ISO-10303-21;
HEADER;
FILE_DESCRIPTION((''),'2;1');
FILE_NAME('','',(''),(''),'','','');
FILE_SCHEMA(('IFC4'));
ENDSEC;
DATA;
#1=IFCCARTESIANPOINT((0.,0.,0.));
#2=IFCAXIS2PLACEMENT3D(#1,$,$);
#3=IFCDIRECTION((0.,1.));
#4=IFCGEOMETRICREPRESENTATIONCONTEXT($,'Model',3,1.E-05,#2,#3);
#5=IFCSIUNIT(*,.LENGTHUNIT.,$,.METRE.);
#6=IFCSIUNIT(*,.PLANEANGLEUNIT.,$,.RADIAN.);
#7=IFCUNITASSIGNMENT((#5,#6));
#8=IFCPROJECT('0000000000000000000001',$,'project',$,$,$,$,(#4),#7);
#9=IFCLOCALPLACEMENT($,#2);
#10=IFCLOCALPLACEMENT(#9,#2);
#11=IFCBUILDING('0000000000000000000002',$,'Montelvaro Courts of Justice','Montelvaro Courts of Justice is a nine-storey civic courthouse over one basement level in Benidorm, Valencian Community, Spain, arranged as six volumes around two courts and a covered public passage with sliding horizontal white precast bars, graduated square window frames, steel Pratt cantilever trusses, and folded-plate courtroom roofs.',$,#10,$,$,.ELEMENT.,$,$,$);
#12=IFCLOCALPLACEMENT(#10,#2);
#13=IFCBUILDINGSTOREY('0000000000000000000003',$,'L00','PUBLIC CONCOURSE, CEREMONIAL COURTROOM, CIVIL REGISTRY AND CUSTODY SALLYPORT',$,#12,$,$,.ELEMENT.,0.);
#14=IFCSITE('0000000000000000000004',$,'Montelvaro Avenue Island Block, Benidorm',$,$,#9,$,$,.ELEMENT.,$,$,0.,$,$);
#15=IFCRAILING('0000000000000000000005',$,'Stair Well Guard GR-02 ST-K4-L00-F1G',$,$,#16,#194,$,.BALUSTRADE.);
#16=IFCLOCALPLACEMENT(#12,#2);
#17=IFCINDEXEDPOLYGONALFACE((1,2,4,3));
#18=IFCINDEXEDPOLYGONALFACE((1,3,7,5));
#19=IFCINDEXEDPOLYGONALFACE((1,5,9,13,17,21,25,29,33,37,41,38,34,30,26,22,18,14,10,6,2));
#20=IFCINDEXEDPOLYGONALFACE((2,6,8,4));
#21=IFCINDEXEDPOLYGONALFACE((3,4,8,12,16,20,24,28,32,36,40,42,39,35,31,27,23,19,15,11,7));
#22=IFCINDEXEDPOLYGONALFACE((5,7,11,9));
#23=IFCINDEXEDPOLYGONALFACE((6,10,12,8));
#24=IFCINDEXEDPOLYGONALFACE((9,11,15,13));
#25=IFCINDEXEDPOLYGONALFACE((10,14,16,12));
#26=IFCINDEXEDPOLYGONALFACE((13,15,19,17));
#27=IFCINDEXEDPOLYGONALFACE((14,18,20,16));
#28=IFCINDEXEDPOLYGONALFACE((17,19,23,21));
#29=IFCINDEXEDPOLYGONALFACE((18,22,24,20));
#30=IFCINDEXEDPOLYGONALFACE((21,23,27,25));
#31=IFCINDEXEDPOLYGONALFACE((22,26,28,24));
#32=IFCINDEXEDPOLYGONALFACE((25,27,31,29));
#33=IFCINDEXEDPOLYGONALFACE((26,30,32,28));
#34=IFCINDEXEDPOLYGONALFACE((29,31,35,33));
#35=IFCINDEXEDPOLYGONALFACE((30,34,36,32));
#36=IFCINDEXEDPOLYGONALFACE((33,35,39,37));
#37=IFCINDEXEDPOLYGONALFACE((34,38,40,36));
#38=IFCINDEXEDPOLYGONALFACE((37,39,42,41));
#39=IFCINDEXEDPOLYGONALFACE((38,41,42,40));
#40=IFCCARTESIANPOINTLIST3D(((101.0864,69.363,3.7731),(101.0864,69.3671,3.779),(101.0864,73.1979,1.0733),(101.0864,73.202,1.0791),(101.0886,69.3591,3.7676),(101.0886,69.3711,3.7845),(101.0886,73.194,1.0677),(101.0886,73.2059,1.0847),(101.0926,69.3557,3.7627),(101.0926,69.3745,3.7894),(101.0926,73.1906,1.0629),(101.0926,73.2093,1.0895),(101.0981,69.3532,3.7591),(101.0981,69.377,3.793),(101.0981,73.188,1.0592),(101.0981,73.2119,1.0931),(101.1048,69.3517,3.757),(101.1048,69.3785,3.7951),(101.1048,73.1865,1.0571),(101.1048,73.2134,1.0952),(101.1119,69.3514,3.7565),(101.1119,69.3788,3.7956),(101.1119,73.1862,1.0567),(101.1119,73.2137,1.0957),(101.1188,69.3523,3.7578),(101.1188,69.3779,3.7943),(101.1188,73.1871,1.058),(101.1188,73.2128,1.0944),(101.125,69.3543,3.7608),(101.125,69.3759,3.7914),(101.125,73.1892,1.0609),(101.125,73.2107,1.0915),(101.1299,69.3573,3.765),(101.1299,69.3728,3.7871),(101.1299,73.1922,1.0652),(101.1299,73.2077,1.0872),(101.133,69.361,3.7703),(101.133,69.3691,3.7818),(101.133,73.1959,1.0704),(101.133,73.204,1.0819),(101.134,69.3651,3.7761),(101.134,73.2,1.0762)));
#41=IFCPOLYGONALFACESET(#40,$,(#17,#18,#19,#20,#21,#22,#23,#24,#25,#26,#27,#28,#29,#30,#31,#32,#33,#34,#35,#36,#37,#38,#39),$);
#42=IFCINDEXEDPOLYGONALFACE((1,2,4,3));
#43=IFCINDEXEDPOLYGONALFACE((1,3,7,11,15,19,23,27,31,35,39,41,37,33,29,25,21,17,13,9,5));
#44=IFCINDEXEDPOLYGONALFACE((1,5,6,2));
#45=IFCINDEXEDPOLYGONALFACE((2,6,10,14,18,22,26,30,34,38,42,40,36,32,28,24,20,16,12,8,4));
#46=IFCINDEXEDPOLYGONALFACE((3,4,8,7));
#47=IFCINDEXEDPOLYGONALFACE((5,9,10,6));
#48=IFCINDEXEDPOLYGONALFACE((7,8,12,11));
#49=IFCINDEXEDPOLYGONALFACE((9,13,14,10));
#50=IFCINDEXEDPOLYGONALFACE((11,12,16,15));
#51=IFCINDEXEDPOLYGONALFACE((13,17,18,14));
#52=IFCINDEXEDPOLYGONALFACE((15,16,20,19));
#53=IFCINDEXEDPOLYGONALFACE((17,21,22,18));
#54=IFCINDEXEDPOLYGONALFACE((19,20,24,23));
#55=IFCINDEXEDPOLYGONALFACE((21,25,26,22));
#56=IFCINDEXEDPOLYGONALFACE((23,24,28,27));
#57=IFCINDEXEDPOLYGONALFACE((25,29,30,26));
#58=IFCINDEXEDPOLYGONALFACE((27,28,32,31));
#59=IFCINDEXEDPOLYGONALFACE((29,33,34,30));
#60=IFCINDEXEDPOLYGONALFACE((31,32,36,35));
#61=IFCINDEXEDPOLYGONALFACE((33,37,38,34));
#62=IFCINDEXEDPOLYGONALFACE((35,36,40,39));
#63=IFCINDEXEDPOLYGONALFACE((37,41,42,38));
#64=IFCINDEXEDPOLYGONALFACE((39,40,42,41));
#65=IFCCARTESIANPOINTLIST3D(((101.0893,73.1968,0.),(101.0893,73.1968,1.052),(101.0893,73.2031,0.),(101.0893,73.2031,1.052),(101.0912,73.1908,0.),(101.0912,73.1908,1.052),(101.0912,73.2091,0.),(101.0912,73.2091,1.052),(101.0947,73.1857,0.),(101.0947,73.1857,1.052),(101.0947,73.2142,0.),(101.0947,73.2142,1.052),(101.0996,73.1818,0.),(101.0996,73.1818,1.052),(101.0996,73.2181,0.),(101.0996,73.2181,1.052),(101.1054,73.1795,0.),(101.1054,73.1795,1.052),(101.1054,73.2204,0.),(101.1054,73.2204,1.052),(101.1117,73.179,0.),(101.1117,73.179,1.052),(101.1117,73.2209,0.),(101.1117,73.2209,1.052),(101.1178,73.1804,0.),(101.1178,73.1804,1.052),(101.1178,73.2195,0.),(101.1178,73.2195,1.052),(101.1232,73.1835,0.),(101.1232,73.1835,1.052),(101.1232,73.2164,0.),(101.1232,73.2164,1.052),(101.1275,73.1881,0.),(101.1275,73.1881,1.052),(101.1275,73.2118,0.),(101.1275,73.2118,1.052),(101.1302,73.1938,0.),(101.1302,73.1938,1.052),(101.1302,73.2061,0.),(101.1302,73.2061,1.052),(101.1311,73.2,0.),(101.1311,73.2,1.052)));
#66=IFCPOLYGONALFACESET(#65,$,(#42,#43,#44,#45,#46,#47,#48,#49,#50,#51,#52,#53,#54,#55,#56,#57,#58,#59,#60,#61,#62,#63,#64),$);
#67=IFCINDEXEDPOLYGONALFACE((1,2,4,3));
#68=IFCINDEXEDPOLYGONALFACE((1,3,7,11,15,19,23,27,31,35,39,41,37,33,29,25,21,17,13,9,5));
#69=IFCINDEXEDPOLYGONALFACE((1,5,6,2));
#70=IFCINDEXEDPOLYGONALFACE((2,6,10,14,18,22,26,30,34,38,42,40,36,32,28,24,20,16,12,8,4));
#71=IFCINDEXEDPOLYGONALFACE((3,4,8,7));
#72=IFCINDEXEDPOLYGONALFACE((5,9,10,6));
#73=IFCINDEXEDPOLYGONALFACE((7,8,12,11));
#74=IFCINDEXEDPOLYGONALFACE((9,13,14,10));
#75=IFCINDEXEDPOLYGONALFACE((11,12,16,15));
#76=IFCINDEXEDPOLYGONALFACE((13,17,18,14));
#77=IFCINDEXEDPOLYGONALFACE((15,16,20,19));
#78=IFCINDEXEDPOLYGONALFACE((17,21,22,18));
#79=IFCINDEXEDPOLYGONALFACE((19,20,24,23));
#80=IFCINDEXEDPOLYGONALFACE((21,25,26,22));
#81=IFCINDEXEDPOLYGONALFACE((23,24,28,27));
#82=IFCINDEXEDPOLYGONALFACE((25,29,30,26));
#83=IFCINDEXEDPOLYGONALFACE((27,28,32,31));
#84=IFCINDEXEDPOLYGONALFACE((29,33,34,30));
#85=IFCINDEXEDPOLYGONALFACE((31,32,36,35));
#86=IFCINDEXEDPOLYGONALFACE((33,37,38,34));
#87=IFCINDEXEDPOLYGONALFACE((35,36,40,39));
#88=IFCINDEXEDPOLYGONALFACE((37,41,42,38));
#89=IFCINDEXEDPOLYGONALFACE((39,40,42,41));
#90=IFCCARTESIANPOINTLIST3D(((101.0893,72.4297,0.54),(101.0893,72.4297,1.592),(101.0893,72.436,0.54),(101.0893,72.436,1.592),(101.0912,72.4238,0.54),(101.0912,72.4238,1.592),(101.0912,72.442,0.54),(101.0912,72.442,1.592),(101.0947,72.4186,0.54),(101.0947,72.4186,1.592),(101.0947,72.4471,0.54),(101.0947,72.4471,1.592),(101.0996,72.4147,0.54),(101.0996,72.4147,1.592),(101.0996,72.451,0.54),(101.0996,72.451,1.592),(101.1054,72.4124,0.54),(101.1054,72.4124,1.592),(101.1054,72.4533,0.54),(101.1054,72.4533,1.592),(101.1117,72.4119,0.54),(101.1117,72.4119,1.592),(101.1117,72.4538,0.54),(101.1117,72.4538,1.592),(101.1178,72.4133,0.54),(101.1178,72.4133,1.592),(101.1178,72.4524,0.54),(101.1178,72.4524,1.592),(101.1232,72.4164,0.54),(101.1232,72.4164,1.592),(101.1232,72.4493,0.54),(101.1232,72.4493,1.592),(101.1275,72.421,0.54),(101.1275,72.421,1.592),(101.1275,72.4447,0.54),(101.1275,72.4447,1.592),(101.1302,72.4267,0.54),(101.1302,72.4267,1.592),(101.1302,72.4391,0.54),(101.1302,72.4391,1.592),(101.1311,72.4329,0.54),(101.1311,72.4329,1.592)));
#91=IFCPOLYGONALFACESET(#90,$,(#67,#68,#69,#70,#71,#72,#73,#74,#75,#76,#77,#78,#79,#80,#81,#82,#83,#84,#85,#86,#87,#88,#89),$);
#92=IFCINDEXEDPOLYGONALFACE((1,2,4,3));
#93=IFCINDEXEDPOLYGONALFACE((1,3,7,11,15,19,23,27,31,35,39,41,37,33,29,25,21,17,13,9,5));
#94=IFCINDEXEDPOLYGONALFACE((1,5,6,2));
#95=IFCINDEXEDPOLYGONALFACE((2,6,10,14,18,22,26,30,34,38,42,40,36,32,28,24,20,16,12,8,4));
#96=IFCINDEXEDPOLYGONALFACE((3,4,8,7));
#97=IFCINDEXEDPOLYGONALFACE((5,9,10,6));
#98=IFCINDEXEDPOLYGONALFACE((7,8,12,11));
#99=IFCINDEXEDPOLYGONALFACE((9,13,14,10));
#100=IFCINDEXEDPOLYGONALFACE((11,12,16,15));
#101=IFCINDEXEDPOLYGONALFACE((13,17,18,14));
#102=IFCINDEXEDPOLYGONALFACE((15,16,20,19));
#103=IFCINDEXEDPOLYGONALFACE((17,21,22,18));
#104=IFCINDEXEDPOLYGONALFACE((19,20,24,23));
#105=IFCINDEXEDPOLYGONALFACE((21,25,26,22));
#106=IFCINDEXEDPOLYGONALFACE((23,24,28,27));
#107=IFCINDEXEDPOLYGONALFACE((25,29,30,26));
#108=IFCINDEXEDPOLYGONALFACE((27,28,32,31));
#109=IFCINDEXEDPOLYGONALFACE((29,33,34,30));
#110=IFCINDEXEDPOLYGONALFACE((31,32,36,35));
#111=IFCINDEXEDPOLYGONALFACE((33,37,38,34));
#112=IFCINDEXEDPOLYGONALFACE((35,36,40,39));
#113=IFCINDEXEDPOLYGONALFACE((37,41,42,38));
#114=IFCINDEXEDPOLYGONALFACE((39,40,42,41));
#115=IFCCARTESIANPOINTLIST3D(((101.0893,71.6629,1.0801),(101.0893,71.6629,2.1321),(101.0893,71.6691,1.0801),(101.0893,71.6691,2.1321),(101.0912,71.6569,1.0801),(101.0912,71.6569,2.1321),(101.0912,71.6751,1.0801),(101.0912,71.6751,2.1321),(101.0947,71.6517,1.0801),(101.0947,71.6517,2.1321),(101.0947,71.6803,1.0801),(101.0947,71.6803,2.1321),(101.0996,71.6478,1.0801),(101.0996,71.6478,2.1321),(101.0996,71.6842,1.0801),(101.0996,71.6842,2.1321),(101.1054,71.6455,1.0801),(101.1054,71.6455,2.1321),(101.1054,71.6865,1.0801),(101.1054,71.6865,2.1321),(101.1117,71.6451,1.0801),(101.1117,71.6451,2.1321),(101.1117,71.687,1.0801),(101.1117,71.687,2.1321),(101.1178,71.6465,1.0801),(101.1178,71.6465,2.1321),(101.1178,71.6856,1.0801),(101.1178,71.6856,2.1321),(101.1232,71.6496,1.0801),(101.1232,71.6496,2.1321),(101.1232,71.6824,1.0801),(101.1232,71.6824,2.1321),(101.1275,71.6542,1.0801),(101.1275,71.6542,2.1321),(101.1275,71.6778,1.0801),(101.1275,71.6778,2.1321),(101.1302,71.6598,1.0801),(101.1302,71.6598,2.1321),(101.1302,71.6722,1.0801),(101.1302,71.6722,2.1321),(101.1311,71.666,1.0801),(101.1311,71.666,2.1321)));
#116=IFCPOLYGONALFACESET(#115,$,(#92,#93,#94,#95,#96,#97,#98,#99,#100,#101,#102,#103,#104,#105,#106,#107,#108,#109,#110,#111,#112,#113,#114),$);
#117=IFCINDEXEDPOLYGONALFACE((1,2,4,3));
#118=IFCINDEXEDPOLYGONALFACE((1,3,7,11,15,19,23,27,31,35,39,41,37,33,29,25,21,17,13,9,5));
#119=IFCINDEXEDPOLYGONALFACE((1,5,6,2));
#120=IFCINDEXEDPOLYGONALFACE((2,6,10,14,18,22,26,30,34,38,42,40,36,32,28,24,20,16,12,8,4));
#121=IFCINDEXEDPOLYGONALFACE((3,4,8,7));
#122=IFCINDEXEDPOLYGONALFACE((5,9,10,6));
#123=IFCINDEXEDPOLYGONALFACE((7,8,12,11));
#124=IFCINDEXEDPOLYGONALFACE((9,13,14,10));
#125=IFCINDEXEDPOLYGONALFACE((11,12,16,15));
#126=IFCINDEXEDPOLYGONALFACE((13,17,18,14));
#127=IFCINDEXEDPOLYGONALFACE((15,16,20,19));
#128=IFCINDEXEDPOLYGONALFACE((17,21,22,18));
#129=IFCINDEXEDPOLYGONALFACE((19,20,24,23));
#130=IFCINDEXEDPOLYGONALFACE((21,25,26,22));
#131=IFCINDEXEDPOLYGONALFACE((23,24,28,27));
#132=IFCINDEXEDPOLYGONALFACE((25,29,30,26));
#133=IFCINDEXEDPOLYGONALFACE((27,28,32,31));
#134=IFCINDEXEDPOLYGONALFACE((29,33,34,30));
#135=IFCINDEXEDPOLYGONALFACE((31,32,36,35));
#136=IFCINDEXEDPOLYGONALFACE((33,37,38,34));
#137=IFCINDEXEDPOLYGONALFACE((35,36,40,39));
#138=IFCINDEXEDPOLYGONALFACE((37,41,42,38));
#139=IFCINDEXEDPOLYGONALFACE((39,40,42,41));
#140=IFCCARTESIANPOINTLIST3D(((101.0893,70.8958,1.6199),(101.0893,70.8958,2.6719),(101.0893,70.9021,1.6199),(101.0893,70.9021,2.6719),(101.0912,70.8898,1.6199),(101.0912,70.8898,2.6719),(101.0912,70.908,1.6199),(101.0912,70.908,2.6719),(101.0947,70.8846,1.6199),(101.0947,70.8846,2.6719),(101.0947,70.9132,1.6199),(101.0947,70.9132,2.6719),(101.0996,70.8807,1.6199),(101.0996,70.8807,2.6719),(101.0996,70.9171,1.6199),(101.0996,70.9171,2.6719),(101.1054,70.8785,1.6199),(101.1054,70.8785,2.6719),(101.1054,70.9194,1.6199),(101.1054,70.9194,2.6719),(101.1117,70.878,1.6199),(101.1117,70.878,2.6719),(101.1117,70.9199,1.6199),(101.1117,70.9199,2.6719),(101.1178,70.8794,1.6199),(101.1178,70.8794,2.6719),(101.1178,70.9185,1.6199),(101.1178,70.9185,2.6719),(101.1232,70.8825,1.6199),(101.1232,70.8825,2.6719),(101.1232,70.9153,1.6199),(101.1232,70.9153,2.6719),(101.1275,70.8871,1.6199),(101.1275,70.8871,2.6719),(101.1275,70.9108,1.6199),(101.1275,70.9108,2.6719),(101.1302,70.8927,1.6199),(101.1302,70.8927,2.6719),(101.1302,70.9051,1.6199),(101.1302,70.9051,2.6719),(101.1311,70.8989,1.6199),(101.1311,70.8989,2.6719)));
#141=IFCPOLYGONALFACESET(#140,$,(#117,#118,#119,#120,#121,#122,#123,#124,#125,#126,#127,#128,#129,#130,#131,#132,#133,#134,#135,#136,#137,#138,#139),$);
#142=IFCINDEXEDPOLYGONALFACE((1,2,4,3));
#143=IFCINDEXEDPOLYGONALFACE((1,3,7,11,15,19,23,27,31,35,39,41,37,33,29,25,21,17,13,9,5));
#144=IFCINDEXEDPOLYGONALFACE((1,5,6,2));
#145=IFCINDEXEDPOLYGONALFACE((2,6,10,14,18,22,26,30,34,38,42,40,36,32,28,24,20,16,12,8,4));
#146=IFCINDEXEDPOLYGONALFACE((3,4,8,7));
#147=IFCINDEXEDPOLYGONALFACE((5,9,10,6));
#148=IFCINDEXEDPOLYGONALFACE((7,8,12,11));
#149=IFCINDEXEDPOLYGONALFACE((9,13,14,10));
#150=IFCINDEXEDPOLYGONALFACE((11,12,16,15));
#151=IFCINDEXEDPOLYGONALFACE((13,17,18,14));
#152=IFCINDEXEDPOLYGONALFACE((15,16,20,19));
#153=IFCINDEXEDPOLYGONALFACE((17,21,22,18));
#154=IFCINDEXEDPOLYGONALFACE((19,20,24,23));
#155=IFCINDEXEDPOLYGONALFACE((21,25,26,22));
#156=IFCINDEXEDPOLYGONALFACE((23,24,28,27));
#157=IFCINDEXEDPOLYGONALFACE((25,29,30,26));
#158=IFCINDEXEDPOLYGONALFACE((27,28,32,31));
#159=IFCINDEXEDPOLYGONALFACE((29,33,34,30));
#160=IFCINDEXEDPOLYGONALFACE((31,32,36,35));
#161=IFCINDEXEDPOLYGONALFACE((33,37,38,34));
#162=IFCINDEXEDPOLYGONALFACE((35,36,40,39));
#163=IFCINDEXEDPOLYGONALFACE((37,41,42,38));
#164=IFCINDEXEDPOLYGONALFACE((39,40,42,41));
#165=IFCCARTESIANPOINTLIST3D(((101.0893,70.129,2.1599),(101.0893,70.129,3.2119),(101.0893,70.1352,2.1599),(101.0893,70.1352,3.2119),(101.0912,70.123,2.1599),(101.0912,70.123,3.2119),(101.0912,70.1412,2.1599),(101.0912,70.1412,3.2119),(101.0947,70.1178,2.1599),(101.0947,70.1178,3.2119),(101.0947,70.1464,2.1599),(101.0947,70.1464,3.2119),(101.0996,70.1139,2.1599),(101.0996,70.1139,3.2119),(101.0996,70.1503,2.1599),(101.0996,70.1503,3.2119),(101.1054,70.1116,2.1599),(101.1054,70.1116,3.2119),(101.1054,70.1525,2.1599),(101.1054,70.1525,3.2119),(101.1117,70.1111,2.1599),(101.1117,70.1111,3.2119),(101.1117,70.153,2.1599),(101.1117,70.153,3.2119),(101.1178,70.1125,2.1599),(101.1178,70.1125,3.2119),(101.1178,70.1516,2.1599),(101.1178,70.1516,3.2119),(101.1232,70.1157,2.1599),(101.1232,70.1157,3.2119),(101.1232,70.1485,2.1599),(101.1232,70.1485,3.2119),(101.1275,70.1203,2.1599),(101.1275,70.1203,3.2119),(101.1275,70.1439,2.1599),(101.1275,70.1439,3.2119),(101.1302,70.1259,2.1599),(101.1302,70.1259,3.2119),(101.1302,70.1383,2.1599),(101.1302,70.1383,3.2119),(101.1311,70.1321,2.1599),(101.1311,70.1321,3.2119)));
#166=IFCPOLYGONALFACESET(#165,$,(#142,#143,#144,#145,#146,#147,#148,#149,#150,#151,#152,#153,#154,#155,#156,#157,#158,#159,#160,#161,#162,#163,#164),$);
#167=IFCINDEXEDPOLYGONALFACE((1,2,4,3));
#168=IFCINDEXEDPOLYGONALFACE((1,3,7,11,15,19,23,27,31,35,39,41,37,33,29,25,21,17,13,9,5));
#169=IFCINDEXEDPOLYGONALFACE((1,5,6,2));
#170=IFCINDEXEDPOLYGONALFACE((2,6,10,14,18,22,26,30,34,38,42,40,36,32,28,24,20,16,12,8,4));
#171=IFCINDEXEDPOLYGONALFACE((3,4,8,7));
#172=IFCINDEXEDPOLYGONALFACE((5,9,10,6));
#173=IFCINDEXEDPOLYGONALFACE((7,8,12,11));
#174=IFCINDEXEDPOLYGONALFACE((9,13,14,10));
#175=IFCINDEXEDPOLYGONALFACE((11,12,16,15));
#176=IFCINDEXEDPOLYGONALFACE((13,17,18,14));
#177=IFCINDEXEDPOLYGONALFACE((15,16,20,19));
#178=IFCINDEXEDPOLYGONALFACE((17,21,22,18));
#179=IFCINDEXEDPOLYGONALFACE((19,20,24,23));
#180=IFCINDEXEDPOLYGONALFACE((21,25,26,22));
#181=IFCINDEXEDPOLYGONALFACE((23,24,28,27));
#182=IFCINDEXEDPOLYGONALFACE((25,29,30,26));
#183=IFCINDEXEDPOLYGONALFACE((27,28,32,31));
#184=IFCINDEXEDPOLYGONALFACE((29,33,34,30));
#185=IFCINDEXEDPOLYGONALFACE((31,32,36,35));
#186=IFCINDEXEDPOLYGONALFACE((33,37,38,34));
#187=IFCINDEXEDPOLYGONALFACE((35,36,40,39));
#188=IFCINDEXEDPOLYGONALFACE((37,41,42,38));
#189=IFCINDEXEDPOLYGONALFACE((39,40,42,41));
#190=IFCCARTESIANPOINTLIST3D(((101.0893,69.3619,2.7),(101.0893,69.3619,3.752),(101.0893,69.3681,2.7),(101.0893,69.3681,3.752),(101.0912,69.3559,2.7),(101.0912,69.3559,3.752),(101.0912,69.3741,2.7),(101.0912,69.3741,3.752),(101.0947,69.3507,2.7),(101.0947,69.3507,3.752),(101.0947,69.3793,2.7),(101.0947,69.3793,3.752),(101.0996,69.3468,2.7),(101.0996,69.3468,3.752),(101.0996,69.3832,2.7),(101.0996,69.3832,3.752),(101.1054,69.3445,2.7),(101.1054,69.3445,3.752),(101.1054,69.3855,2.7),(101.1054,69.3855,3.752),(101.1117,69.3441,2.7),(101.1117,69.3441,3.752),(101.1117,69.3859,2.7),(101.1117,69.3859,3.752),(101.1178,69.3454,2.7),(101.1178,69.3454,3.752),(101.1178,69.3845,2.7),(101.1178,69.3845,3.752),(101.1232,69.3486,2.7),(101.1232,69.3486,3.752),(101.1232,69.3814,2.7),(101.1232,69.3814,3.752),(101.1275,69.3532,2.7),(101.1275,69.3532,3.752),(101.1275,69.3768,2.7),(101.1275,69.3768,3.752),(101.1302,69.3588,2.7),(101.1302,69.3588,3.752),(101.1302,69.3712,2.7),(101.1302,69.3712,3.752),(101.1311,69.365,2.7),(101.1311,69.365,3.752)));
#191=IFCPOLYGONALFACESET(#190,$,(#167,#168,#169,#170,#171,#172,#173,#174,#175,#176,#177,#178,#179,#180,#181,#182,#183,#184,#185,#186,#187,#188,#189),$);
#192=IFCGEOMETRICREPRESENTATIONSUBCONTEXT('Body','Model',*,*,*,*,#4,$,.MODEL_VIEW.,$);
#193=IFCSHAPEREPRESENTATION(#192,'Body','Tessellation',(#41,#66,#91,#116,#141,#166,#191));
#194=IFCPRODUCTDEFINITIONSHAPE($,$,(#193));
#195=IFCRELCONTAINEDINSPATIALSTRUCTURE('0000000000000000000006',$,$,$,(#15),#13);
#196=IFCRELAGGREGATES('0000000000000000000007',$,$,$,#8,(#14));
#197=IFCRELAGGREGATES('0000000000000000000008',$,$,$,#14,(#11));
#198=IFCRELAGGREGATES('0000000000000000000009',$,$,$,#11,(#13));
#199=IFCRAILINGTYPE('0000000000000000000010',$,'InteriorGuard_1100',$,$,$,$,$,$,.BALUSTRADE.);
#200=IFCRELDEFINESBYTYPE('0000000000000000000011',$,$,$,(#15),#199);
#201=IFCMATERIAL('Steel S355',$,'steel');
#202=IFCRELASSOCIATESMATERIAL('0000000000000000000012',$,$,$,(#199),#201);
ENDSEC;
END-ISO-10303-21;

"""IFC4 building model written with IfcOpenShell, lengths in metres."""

from ifc_helpers import new_model, si_unit, direction, frame, origin, origin_2d, place, context, subcontext, project, spatial, circle, extrude, material, type_object, element, save


model = new_model("IFC4")

# Units and contexts
model_context = context("Model", 3, precision=1e-05, world=origin(), true_north=direction((0.0, 1.0)))
body_context = subcontext(model_context, "Body", "Model", "MODEL_VIEW")
ifc_project = project(units=[si_unit("LENGTHUNIT", "METRE"), si_unit("PLANEANGLEUNIT", "RADIAN")], contexts=[model_context])

# Site, building, storey
site_placement = place(None, origin())
site = spatial("IfcSite", under=ifc_project, at=site_placement, Name="Montelvaro Avenue Island Block, Benidorm", CompositionType="ELEMENT", RefElevation=0.0)
building_placement = place(site_placement, origin())
building = spatial("IfcBuilding", under=site, at=building_placement, Name="Montelvaro Courts of Justice", Description="Montelvaro Courts of Justice is a nine-storey civic courthouse over one basement level in Benidorm, Valencian Community, Spain, arranged as six volumes around two courts and a covered public passage with sliding horizontal white precast bars, graduated square window frames, steel Pratt cantilever trusses, and folded-plate courtroom roofs.", CompositionType="ELEMENT")
storey_placement = place(building_placement, origin())
storey = spatial("IfcBuildingStorey", under=building, at=storey_placement, Name="L00", Description="PUBLIC CONCOURSE, CEREMONIAL COURTROOM, CIVIL REGISTRY AND CUSTODY SALLYPORT", CompositionType="ELEMENT", Elevation=0.0)

# Railing
ifc_material_1 = material(Name="Steel S355", Category="steel")
railing_type_1 = type_object("IfcRailingType", Name="InteriorGuard_1100", PredefinedType="BALUSTRADE", material=ifc_material_1)
railing_1_placement = place(storey_placement, frame((101.1101, 73.2, 0.0)))
element("IfcRailing", 1, at=railing_1_placement, inside=storey, type_object=railing_type_1, Name="Stair Well Guard GR-02 ST-K4-L00-F1G", PredefinedType="BALUSTRADE", context=body_context, shape_type="SweptSolid", body=[
    extrude(circle(Radius=0.0239, at=origin_2d()), frame((0.0, 0.0, 1.0762), z_axis=(0.0, -0.817678, 0.575675), x_axis=(1.0, 0.0, 0.0)), (0.0, 0.0, 1.0), 4.6899),
    extrude(circle(Radius=0.021, at=origin_2d()), origin(), (0.0, 0.0, 1.0), 1.052),
    extrude(circle(Radius=0.021, at=origin_2d()), frame((0.0, -0.7671, 0.54)), (0.0, 0.0, 1.0), 1.052),
    extrude(circle(Radius=0.021, at=origin_2d()), frame((0.0, -1.5339, 1.0801)), (0.0, 0.0, 1.0), 1.052),
    extrude(circle(Radius=0.021, at=origin_2d()), frame((0.0, -2.301, 1.6199)), (0.0, 0.0, 1.0), 1.052),
    extrude(circle(Radius=0.021, at=origin_2d()), frame((0.0, -3.0679, 2.1599)), (0.0, 0.0, 1.0), 1.052),
    extrude(circle(Radius=0.021, at=origin_2d()), frame((0.0, -3.835, 2.7)), (0.0, 0.0, 1.0), 1.052),
])

save(model, "model.ifc")
